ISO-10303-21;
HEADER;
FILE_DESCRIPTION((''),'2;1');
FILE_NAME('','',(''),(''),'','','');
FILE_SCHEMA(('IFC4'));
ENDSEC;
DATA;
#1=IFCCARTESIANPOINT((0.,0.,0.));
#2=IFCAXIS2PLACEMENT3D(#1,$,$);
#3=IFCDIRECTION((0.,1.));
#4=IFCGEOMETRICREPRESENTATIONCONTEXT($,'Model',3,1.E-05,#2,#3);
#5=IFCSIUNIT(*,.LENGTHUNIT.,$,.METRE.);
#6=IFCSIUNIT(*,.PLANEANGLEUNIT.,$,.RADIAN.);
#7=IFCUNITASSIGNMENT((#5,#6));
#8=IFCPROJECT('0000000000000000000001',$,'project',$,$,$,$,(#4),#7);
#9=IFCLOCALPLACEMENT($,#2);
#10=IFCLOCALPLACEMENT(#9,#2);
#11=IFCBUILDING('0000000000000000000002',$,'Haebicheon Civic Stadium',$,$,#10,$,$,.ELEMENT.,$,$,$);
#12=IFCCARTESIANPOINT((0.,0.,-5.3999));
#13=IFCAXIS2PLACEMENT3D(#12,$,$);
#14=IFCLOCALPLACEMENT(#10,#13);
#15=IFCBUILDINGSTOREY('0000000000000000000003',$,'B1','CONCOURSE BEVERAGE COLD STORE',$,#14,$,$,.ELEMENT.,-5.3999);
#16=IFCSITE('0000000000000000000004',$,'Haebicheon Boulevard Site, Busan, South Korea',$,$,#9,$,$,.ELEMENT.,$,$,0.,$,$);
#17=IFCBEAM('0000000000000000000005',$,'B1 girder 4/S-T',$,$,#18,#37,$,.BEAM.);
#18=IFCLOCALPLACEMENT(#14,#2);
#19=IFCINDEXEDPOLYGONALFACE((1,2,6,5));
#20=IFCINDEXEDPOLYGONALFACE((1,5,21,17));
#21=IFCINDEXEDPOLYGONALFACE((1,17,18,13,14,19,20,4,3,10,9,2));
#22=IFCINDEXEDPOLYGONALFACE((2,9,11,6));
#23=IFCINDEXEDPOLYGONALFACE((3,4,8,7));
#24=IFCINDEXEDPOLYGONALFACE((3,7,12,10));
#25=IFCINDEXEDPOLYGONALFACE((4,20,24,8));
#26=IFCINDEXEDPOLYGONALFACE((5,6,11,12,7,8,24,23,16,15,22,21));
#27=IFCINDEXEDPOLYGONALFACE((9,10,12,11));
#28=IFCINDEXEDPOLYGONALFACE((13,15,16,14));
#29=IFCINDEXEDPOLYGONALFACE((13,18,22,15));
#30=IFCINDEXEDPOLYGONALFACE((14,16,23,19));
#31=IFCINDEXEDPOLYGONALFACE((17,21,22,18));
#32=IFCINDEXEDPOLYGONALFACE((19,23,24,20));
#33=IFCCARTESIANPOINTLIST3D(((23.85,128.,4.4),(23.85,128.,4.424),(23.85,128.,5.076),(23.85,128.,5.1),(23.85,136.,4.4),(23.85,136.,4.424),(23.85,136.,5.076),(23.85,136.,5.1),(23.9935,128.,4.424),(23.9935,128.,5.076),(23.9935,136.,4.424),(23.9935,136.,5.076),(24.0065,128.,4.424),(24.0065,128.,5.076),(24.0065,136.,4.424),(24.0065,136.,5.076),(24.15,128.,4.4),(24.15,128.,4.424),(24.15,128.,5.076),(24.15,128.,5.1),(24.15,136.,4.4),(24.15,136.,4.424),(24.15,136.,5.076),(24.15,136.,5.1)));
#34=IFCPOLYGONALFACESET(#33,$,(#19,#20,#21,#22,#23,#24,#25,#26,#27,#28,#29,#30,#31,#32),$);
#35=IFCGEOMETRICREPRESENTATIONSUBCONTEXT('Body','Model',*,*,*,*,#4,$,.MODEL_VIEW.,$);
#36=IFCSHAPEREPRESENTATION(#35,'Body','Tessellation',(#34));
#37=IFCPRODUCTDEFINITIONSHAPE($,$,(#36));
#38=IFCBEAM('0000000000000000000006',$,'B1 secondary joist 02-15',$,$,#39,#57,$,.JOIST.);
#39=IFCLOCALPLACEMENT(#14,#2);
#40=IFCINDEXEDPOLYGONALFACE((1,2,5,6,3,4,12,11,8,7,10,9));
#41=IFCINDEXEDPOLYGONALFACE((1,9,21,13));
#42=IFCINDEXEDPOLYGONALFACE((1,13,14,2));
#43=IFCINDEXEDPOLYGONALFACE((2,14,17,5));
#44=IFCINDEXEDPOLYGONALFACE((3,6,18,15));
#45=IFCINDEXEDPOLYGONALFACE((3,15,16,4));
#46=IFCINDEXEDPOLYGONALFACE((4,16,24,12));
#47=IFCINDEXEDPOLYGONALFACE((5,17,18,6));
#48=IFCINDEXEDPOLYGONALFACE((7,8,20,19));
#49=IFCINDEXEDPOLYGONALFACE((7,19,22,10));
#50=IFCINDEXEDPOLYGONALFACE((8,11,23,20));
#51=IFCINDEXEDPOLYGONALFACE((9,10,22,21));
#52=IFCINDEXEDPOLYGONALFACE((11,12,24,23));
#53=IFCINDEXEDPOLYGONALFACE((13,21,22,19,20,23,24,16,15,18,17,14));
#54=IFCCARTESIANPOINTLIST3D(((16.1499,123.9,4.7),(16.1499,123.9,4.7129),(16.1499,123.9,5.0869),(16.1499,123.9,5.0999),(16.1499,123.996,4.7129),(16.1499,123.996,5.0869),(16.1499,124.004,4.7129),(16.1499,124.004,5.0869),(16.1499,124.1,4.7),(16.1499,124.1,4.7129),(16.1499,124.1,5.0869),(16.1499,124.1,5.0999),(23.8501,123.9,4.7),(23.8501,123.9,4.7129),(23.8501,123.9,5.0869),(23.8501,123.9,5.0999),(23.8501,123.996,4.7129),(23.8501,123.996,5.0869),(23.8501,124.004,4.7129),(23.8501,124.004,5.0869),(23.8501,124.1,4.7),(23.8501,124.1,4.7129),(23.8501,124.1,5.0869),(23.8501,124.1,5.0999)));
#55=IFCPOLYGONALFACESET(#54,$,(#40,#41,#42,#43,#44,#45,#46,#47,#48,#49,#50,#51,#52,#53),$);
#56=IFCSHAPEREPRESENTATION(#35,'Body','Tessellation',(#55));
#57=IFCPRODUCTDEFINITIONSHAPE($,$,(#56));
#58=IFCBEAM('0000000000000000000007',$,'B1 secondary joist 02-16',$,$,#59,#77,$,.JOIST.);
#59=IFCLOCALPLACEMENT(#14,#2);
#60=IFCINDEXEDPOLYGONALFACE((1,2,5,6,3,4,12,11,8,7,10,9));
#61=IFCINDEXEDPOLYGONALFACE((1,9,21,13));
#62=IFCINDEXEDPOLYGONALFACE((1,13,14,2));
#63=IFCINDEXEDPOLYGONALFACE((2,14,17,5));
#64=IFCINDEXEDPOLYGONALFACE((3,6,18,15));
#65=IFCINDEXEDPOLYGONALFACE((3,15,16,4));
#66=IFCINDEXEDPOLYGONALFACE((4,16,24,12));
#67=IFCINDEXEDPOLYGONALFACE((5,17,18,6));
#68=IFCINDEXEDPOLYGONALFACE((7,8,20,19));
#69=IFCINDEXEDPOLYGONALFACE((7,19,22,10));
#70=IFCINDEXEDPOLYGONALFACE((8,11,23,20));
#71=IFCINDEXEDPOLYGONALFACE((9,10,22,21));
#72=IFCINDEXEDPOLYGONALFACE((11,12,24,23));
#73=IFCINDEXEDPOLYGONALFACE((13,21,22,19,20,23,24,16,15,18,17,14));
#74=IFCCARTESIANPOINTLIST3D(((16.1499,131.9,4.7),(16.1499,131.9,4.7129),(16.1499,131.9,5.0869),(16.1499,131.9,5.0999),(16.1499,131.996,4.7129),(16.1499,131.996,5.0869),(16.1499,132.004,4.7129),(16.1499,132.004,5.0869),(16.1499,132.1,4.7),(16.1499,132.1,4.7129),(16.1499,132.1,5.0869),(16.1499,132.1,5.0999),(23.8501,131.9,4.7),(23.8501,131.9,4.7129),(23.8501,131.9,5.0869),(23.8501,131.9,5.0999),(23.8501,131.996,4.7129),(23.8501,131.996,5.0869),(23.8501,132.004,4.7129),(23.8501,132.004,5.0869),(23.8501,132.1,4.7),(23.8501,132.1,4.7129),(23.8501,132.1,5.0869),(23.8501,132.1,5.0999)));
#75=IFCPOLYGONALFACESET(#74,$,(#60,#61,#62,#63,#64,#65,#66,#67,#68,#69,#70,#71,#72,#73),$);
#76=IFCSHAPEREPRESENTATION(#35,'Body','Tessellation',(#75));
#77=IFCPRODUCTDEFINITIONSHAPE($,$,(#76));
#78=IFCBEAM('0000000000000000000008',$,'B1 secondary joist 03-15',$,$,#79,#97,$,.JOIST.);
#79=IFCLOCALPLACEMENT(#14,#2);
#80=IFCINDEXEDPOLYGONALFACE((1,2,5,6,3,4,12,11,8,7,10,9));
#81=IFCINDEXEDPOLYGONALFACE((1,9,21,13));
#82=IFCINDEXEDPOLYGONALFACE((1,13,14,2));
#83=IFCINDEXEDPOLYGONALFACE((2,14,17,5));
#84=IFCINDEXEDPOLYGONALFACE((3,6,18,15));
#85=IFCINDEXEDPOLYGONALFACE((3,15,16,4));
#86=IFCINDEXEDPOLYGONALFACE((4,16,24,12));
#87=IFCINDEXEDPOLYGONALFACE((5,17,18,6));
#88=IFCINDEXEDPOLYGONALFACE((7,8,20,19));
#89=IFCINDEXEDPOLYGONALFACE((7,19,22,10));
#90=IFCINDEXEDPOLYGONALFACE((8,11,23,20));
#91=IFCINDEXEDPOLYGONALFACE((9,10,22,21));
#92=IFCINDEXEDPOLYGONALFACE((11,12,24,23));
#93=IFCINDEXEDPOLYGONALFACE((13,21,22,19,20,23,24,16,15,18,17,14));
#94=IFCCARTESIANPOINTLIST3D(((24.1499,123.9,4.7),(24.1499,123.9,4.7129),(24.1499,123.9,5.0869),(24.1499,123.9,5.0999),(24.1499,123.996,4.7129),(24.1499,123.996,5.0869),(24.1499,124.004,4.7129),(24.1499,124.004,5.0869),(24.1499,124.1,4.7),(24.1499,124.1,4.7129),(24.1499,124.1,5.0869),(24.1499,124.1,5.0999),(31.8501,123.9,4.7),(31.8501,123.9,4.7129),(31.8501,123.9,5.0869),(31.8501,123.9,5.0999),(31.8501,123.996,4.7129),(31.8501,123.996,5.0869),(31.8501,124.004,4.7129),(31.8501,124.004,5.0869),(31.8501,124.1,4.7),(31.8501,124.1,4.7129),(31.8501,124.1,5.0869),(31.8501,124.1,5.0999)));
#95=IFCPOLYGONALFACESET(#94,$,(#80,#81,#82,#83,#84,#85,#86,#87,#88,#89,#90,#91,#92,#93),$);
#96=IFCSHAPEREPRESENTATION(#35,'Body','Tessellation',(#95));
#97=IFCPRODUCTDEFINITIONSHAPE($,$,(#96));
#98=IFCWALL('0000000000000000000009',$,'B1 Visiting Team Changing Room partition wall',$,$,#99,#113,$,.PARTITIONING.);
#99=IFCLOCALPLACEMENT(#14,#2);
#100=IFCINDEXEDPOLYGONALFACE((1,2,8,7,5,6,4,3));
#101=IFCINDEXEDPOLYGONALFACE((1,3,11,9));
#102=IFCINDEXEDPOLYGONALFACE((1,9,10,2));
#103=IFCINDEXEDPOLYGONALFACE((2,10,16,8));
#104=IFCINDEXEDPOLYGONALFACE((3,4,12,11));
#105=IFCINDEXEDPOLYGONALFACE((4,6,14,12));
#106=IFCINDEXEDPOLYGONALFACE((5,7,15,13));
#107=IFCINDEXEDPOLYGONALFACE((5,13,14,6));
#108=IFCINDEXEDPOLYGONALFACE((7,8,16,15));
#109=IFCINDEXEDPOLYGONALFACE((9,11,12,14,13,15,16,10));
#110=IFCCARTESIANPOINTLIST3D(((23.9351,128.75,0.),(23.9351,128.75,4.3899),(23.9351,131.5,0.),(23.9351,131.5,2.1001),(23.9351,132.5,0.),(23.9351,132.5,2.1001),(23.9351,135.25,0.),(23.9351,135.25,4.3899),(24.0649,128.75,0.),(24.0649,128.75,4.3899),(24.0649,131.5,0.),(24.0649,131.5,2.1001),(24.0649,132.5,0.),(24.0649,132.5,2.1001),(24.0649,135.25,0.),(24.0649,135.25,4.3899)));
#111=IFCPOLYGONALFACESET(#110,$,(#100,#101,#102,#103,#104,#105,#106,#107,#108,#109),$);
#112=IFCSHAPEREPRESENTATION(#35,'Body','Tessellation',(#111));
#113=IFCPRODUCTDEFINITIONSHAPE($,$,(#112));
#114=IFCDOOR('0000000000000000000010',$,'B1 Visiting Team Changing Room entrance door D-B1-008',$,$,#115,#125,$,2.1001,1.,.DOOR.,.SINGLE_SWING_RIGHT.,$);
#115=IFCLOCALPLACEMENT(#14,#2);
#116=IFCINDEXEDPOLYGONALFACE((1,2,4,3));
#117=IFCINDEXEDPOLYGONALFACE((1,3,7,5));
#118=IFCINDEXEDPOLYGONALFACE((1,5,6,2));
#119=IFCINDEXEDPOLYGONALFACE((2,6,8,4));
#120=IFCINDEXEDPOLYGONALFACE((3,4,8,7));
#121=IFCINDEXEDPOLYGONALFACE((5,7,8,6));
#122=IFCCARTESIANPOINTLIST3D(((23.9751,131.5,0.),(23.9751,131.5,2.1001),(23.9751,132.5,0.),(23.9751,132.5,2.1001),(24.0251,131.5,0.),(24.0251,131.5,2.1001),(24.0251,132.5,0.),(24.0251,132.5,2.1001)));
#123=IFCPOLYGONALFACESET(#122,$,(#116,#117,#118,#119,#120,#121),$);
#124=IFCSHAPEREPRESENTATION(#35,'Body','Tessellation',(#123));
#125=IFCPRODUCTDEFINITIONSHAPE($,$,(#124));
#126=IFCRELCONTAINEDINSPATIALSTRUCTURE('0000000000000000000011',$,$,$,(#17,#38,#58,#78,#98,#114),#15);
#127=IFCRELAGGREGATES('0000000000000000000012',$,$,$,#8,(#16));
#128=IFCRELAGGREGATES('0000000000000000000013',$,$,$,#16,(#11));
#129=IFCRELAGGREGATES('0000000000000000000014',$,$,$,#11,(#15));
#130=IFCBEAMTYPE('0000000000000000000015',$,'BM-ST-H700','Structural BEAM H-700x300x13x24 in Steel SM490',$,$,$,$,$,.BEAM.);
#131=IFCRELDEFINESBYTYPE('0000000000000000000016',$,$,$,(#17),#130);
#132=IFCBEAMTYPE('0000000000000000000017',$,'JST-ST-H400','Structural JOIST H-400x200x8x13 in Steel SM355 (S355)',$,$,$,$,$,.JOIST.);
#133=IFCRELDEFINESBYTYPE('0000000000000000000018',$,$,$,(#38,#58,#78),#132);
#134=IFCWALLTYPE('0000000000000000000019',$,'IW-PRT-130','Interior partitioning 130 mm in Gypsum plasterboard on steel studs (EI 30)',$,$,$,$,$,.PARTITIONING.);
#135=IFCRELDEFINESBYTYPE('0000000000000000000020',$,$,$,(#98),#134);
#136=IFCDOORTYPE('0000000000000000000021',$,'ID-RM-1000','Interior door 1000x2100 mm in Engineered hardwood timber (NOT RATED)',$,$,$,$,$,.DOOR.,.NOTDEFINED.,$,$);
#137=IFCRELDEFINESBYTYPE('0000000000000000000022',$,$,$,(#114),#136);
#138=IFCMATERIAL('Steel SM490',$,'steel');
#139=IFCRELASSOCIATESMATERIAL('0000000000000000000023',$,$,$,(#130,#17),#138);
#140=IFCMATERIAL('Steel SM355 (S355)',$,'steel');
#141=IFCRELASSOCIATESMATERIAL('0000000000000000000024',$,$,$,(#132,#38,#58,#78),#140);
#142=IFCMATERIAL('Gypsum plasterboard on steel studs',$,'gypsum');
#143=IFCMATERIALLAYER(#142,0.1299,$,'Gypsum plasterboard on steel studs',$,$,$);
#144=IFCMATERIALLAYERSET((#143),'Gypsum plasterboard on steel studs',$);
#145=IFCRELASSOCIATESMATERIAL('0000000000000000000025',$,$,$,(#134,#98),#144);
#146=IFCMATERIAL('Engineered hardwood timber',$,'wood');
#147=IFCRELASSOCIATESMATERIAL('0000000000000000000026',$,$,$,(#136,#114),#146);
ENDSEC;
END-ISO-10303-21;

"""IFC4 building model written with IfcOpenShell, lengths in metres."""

from ifc_helpers import new_model, si_unit, direction, frame, frame_2d, origin, origin_2d, place, context, subcontext, project, spatial, rectangle, i_section, extrude, material, layer, layer_set, material_profile, profile_set, type_object, element, fill, save


model = new_model("IFC4")

# Units and contexts
model_context = context("Model", 3, precision=1e-05, world=origin(), true_north=direction((0.0, 1.0)))
body_context = subcontext(model_context, "Body", "Model", "MODEL_VIEW")
ifc_project = project(units=[si_unit("LENGTHUNIT", "METRE"), si_unit("PLANEANGLEUNIT", "RADIAN")], contexts=[model_context])

# Site, building, storey
site_placement = place(None, origin())
site = spatial("IfcSite", under=ifc_project, at=site_placement, Name="Haebicheon Boulevard Site, Busan, South Korea", CompositionType="ELEMENT", RefElevation=0.0)
building_placement = place(site_placement, origin())
building = spatial("IfcBuilding", under=site, at=building_placement, Name="Haebicheon Civic Stadium", CompositionType="ELEMENT")
storey_placement = place(building_placement, frame((0.0, 0.0, -5.3999)))
storey = spatial("IfcBuildingStorey", under=building, at=storey_placement, Name="B1", Description="CONCOURSE BEVERAGE COLD STORE", CompositionType="ELEMENT", Elevation=-5.3999)

# Beams
ifc_material_1 = material(Name="Steel SM490", Category="steel")
ifc_material_profile_1 = material_profile(ifc_material_1, i_section(OverallWidth=0.3, OverallDepth=0.7, WebThickness=0.0129, FlangeThickness=0.0239, at=origin_2d()), Name="H-700x300x13x24")
ifc_profile_set_1 = profile_set([ifc_material_profile_1], Name="Steel SM490")
beam_type_1 = type_object("IfcBeamType", Name="BM-ST-H700", Description="Structural BEAM H-700x300x13x24 in Steel SM490", PredefinedType="BEAM", material=ifc_profile_set_1)
for number, where, z_axis, x_axis, name in (
    (1, (24.0, 128.0, 4.75), (0.0, 1.0, 0.0), (-1.0, 0.0, 0.0), "B1 girder 4/S-T"),
):
    element("IfcBeam", number, at=place(storey_placement, frame(where, z_axis=z_axis, x_axis=x_axis)), inside=storey, type_object=beam_type_1, material=ifc_profile_set_1, Name=name, PredefinedType="BEAM", context=body_context, shape_type="SweptSolid", body=[
        extrude(i_section(OverallWidth=0.3, OverallDepth=0.7, WebThickness=0.0129, FlangeThickness=0.0239, at=origin_2d()), origin(), (0.0, 0.0, 1.0), 8.0),
    ])
ifc_material_2 = material(Name="Steel SM355 (S355)", Category="steel")
ifc_material_profile_2 = material_profile(ifc_material_2, i_section(OverallWidth=0.2, OverallDepth=0.3999, WebThickness=0.0081, FlangeThickness=0.0129, at=origin_2d()), Name="H-400x200x8x13")
ifc_profile_set_2 = profile_set([ifc_material_profile_2], Name="Steel SM355 (S355)")
beam_type_2 = type_object("IfcBeamType", Name="JST-ST-H400", Description="Structural JOIST H-400x200x8x13 in Steel SM355 (S355)", PredefinedType="JOIST", material=ifc_profile_set_2)
for number, where, z_axis, x_axis, name in (
    (2, (16.1499, 124.0, 4.8999), (1.0, 0.0, 0.0), (0.0, 1.0, 0.0), "B1 secondary joist 02-15"),
    (3, (16.1499, 132.0, 4.8999), (1.0, 0.0, 0.0), (0.0, 1.0, 0.0), "B1 secondary joist 02-16"),
    (4, (24.1499, 124.0, 4.8999), (1.0, 0.0, 0.0), (0.0, 1.0, 0.0), "B1 secondary joist 03-15"),
):
    element("IfcBeam", number, at=place(storey_placement, frame(where, z_axis=z_axis, x_axis=x_axis)), inside=storey, type_object=beam_type_2, material=ifc_profile_set_2, Name=name, PredefinedType="JOIST", context=body_context, shape_type="SweptSolid", body=[
        extrude(i_section(OverallWidth=0.2, OverallDepth=0.3999, WebThickness=0.0081, FlangeThickness=0.0129, at=origin_2d()), origin(), (0.0, 0.0, 1.0), 7.7002),
    ])

# Wall, opening, door
ifc_material_3 = material(Name="Gypsum plasterboard on steel studs", Category="gypsum")
ifc_layer_1 = layer(ifc_material_3, 0.1299, Name="Gypsum plasterboard on steel studs")
ifc_layer_set_1 = layer_set([ifc_layer_1], Name="Gypsum plasterboard on steel studs")
wall_type = type_object("IfcWallType", Name="IW-PRT-130", Description="Interior partitioning 130 mm in Gypsum plasterboard on steel studs (EI 30)", PredefinedType="PARTITIONING", material=ifc_layer_set_1)
wall_placement = place(storey_placement, frame((24.0, 128.75, 0.0), z_axis=(0.0, 0.0, 1.0), x_axis=(0.0, 1.0, 0.0)))
wall = element("IfcWall", 5, at=wall_placement, inside=storey, type_object=wall_type, material=ifc_layer_set_1, Name="B1 Visiting Team Changing Room partition wall", PredefinedType="PARTITIONING", context=body_context, shape_type="SweptSolid", body=[
    extrude(rectangle(XDim=6.5, YDim=0.1299, at=frame_2d((3.25, 0.0))), origin(), (0.0, 0.0, 1.0), 4.3899),
])
opening_placement = place(wall_placement, frame((2.75, 0.0, 0.0)))
opening = element("IfcOpeningElement", 6, at=opening_placement, cuts=wall, PredefinedType="OPENING", context=body_context, shape_type="SweptSolid", body=[
    extrude(rectangle(XDim=1.0, YDim=2.1001, at=frame_2d((0.5, 1.05))), frame((0.0, 0.075, 0.0), z_axis=(0.0, -1.0, 0.0), x_axis=(1.0, 0.0, 0.0)), (0.0, 0.0, 1.0), 0.1499),
])
ifc_material_4 = material(Name="Engineered hardwood timber", Category="wood")
door_type = type_object("IfcDoorType", Name="ID-RM-1000", Description="Interior door 1000x2100 mm in Engineered hardwood timber (NOT RATED)", OperationType="NOTDEFINED", PredefinedType="DOOR", material=ifc_material_4)
door_placement = place(opening_placement, origin())
door = element("IfcDoor", 7, at=door_placement, inside=storey, type_object=door_type, material=ifc_material_4, Name="B1 Visiting Team Changing Room entrance door D-B1-008", OperationType="SINGLE_SWING_RIGHT", OverallHeight=2.1001, OverallWidth=1.0, PredefinedType="DOOR", context=body_context, shape_type="SweptSolid", body=[
    extrude(rectangle(XDim=1.0, YDim=2.1001, at=frame_2d((0.5, 1.05))), frame((0.0, 0.0249, 0.0), z_axis=(0.0, -1.0, 0.0), x_axis=(1.0, 0.0, 0.0)), (0.0, 0.0, 1.0), 0.05),
])
fill(opening, door)

save(model, "model.ifc")
